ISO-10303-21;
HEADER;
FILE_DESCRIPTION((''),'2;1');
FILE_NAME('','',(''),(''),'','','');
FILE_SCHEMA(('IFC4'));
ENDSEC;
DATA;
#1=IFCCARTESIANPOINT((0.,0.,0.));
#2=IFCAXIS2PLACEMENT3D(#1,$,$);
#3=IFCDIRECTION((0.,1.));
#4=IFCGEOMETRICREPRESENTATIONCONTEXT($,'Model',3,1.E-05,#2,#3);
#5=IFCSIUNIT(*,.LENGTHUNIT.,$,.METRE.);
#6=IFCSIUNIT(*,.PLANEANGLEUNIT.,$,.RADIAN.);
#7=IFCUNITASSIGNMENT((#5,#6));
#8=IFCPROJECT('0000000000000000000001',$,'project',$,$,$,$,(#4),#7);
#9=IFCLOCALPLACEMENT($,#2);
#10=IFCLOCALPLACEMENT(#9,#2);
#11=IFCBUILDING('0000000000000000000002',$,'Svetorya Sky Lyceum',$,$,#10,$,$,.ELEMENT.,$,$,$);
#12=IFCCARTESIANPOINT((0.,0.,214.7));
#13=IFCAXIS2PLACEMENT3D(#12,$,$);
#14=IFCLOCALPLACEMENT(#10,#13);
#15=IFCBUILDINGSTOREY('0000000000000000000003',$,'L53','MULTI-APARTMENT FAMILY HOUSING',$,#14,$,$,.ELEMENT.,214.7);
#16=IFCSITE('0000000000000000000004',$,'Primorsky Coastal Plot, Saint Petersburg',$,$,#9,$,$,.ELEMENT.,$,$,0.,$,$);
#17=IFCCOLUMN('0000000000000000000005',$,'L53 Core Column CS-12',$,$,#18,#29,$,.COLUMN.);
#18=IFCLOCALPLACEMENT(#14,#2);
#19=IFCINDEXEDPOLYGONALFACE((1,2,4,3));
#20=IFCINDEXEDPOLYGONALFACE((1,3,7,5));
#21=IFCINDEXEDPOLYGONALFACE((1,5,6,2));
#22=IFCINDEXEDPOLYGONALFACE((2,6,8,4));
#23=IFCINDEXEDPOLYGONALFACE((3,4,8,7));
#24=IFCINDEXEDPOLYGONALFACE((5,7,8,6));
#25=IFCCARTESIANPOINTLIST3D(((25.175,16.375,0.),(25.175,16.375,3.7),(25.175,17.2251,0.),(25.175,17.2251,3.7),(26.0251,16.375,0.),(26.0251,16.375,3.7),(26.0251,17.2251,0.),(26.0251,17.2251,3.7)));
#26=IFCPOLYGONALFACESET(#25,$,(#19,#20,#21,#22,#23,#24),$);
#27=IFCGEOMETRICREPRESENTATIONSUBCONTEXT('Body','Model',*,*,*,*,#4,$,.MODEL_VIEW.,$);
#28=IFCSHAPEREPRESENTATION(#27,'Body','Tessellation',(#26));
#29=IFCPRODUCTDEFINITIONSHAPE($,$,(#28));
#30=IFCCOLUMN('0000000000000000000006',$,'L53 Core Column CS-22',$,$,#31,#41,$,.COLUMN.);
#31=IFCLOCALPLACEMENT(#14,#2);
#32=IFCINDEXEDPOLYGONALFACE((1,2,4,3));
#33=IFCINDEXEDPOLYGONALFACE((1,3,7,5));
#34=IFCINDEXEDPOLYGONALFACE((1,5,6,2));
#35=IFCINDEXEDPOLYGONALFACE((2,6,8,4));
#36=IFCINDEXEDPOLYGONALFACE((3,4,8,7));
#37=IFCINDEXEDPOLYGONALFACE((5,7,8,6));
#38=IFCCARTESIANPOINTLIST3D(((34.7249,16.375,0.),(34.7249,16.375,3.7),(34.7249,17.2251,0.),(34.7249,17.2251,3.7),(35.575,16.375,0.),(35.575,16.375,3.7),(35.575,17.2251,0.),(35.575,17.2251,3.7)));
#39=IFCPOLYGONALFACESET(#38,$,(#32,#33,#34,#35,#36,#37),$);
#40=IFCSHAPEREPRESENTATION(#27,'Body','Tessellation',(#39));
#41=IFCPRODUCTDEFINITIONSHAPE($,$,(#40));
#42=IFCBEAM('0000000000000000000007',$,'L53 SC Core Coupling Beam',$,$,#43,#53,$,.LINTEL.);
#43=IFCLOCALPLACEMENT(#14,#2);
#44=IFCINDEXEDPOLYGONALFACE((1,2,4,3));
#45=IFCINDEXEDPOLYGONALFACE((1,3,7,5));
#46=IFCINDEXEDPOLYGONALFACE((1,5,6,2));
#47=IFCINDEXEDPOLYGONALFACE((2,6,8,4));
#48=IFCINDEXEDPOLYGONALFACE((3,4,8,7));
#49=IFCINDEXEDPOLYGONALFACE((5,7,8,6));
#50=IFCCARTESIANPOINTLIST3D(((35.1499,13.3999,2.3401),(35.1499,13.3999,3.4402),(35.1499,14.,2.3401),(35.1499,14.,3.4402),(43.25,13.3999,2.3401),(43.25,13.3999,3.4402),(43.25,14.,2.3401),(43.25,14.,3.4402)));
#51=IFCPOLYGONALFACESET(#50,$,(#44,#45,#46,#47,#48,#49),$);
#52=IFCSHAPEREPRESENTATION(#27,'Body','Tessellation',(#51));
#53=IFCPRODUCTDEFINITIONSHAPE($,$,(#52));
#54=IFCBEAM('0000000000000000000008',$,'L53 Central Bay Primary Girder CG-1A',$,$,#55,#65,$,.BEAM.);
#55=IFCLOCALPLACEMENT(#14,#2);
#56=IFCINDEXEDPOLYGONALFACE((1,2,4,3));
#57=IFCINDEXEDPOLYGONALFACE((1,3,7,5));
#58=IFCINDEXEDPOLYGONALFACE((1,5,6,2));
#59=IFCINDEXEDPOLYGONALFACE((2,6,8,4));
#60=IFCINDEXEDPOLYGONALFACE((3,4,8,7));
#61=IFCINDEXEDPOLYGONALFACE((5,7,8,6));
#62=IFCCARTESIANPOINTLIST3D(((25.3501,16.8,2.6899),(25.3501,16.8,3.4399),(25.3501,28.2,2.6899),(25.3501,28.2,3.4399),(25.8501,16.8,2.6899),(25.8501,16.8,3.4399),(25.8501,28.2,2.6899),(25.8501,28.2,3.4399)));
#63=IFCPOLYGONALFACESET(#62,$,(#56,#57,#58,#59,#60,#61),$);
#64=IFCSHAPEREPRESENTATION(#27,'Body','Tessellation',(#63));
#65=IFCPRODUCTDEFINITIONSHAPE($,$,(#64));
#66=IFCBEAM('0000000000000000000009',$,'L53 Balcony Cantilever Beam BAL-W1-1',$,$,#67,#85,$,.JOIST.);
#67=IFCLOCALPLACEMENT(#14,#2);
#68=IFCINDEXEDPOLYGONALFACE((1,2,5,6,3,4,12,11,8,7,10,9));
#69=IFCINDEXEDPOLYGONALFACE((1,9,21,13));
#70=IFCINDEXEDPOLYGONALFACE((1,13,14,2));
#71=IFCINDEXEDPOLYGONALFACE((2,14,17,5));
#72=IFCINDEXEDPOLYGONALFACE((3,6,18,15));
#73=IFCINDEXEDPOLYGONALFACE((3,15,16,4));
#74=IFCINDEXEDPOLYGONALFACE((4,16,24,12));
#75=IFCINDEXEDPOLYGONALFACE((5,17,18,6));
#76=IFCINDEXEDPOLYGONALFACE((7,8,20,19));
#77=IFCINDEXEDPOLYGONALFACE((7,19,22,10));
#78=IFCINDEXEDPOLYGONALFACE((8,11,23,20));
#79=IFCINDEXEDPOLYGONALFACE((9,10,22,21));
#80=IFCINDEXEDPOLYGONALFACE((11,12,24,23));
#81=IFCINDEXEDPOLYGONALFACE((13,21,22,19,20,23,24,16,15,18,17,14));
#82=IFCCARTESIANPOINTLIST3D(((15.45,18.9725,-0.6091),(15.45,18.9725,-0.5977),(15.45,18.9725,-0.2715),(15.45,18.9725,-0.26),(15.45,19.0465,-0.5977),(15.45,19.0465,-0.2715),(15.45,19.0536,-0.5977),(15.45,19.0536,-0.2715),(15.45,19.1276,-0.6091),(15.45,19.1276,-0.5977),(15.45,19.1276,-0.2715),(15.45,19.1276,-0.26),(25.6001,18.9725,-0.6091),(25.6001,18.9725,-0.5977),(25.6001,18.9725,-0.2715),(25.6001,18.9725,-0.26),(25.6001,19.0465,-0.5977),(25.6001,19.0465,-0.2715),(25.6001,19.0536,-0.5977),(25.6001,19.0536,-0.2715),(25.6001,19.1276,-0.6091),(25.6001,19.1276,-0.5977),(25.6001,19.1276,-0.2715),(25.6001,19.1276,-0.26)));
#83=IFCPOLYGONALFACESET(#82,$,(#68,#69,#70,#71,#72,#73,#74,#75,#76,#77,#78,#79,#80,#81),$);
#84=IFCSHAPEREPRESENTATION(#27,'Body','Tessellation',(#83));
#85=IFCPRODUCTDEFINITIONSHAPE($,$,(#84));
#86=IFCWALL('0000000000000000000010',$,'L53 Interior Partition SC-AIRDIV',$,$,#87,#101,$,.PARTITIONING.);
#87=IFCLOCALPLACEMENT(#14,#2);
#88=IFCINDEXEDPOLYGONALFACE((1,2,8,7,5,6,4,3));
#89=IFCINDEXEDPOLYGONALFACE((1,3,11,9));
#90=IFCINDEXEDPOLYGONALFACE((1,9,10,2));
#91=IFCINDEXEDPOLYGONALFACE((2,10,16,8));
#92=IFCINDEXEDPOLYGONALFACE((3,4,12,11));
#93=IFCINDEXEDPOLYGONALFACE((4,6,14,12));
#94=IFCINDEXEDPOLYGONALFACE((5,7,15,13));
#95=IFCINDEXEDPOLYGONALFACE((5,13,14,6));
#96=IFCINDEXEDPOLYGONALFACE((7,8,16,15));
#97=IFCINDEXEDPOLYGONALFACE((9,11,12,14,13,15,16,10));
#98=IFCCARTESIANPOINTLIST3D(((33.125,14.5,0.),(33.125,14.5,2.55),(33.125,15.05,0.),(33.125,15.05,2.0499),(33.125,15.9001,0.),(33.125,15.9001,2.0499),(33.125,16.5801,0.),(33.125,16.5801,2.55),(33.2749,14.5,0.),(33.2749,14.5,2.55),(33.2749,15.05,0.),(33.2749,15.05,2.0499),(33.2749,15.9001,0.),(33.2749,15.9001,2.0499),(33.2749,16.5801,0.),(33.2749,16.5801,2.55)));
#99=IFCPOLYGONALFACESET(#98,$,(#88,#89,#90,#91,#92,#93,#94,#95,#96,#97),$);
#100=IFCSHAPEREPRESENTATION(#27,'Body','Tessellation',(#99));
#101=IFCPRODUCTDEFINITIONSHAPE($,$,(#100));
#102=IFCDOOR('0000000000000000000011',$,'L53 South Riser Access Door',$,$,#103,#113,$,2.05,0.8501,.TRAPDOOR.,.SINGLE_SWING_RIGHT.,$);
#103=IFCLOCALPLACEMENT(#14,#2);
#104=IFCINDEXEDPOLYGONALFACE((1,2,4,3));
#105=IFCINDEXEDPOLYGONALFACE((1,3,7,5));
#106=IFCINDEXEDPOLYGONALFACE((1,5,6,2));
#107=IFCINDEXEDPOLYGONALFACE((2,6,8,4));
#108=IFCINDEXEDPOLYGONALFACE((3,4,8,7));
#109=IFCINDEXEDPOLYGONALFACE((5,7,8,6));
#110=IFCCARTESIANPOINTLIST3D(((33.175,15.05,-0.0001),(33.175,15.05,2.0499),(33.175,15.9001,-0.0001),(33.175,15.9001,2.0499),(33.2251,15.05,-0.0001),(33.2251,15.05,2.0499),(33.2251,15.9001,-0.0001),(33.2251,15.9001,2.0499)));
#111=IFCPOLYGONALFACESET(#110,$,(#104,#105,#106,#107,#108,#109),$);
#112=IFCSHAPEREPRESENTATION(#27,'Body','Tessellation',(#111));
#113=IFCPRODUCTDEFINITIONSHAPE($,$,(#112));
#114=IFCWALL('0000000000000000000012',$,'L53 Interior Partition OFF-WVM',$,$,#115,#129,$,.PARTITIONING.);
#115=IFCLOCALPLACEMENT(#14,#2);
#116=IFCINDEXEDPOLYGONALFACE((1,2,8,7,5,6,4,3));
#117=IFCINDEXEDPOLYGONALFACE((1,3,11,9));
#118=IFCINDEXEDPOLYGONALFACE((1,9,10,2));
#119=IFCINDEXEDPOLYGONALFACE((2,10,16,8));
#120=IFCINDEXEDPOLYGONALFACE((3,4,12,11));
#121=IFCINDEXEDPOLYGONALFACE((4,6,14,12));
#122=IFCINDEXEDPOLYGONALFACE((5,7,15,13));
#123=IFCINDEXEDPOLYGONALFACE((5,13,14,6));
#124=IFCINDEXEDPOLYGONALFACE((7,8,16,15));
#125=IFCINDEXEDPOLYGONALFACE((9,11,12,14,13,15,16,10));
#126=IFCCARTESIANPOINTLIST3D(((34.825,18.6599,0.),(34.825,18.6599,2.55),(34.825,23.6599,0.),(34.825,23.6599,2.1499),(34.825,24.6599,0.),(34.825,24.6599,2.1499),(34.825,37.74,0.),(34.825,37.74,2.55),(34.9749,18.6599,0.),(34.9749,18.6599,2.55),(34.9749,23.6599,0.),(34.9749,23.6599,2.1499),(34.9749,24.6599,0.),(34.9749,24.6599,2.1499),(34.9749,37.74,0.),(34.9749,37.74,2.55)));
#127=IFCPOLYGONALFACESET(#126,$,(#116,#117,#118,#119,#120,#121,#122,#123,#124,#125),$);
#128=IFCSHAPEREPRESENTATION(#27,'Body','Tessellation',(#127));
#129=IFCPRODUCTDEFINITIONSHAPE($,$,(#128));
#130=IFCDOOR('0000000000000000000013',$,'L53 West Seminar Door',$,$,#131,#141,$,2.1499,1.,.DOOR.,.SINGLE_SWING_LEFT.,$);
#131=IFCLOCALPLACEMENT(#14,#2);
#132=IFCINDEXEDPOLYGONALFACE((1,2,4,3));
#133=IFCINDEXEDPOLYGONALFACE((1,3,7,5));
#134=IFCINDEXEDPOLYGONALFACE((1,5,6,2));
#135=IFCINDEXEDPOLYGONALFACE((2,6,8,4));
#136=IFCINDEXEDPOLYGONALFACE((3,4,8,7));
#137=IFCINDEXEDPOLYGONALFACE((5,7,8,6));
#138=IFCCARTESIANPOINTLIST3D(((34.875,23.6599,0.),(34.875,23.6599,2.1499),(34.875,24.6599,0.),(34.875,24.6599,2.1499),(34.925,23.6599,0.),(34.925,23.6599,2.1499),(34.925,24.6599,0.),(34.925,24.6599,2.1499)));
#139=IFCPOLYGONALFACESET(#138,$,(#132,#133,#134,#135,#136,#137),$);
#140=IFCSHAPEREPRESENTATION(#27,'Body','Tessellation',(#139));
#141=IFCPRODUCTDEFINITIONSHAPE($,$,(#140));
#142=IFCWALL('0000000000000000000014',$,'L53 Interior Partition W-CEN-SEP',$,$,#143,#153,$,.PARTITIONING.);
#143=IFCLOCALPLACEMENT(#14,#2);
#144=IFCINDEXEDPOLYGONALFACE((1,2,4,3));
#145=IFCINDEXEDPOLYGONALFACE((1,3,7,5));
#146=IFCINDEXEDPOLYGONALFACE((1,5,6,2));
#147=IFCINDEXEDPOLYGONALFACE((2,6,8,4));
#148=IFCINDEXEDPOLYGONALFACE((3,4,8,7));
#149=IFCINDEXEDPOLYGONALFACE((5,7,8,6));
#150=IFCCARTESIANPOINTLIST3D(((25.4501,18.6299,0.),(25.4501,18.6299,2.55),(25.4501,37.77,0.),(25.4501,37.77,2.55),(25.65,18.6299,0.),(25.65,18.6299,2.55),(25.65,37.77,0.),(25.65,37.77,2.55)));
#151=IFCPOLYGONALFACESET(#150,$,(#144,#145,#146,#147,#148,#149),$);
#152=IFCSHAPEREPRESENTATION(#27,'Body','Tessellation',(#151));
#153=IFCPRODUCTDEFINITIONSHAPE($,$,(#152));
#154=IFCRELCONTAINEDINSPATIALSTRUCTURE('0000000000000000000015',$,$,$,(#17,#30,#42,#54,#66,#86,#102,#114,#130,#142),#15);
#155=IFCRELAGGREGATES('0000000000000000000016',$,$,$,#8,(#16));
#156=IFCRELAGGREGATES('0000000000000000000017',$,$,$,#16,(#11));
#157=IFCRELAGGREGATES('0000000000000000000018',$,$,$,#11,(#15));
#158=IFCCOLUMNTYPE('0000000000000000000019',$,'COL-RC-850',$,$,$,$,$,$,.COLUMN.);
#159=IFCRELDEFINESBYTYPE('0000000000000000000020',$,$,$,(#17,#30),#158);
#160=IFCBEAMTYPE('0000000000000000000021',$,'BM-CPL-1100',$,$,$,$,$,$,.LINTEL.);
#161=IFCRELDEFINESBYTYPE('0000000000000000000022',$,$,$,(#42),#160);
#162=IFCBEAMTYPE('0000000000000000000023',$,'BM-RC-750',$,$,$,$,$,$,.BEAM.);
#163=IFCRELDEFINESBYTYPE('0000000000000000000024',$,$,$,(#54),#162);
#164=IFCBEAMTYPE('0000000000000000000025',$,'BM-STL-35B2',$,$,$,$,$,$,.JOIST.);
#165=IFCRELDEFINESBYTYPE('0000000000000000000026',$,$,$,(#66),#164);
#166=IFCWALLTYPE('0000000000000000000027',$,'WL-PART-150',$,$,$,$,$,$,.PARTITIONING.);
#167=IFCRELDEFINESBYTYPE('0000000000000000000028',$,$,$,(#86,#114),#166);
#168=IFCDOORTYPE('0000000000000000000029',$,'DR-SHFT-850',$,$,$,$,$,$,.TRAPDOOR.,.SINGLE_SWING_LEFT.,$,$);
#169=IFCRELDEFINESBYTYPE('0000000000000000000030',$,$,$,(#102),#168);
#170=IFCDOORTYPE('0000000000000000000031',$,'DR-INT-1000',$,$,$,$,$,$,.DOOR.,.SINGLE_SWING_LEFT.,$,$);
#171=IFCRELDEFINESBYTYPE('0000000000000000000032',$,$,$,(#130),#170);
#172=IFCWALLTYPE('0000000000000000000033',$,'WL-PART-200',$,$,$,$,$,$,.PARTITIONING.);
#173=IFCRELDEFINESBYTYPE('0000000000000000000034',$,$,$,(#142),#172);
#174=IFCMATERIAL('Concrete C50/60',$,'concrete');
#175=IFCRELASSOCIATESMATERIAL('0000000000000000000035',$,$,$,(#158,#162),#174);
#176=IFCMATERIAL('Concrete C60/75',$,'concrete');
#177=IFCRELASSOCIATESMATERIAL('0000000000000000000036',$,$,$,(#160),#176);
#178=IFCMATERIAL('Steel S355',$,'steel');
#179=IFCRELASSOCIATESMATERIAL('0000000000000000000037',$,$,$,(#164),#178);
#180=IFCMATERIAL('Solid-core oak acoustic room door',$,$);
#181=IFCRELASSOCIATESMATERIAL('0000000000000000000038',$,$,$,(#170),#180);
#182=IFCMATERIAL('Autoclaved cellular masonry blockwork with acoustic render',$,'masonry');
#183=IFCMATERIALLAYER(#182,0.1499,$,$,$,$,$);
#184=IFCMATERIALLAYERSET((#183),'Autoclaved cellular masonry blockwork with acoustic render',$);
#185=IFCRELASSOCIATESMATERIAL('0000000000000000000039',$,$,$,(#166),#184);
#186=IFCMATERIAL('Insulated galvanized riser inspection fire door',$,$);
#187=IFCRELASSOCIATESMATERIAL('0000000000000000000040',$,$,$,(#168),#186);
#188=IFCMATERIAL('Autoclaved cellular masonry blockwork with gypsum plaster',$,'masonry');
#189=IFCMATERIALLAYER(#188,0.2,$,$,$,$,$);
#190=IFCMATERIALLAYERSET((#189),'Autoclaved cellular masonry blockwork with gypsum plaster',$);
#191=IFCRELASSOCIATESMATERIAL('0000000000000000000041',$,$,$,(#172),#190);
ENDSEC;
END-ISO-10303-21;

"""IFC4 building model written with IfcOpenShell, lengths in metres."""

from ifc_helpers import new_model, si_unit, direction, frame, frame_2d, origin, origin_2d, place, context, subcontext, project, spatial, rectangle, i_section, extrude, material, layer, layer_set, material_profile, profile_set, type_object, element, fill, save


model = new_model("IFC4")

# Units and contexts
model_context = context("Model", 3, precision=1e-05, world=origin(), true_north=direction((0.0, 1.0)))
body_context = subcontext(model_context, "Body", "Model", "MODEL_VIEW")
ifc_project = project(units=[si_unit("LENGTHUNIT", "METRE"), si_unit("PLANEANGLEUNIT", "RADIAN")], contexts=[model_context])

# Site, building, storey
site_placement = place(None, origin())
site = spatial("IfcSite", under=ifc_project, at=site_placement, Name="Primorsky Coastal Plot, Saint Petersburg", CompositionType="ELEMENT", RefElevation=0.0)
building_placement = place(site_placement, origin())
building = spatial("IfcBuilding", under=site, at=building_placement, Name="Svetorya Sky Lyceum", CompositionType="ELEMENT")
storey_placement = place(building_placement, frame((0.0, 0.0, 214.7)))
storey = spatial("IfcBuildingStorey", under=building, at=storey_placement, Name="L53", Description="MULTI-APARTMENT FAMILY HOUSING", CompositionType="ELEMENT", Elevation=214.7)

# Columns
ifc_material_1 = material(Name="Concrete C50/60", Category="concrete")
ifc_material_profile_1 = material_profile(ifc_material_1, rectangle(XDim=0.8501, YDim=0.8501, at=origin_2d()), Name="RC COL 850x850")
ifc_profile_set_1 = profile_set([ifc_material_profile_1], Name="Concrete C50/60")
column_type = type_object("IfcColumnType", Name="COL-RC-850", PredefinedType="COLUMN", material=ifc_profile_set_1)
for number, where, z_axis, x_axis, name in (
    (1, (25.6001, 16.8, 0.0), (0.0, 0.0, 1.0), (1.0, 0.0, 0.0), "L53 Core Column CS-12"),
    (2, (35.1499, 16.8, 0.0), (0.0, 0.0, 1.0), (1.0, 0.0, 0.0), "L53 Core Column CS-22"),
):
    element("IfcColumn", number, at=place(storey_placement, frame(where, z_axis=z_axis, x_axis=x_axis)), inside=storey, type_object=column_type, Name=name, PredefinedType="COLUMN", context=body_context, shape_type="SweptSolid", body=[
        extrude(rectangle(XDim=0.8501, YDim=0.8501, at=origin_2d()), origin(), (0.0, 0.0, 1.0), 3.7),
    ])

# Beams
ifc_material_2 = material(Name="Concrete C60/75", Category="concrete")
ifc_material_profile_2 = material_profile(ifc_material_2, rectangle(XDim=0.6001, YDim=1.1001, at=origin_2d()), Name="RC COUPLING 600x1100")
ifc_profile_set_2 = profile_set([ifc_material_profile_2], Name="Concrete C60/75")
beam_type_1 = type_object("IfcBeamType", Name="BM-CPL-1100", PredefinedType="LINTEL", material=ifc_profile_set_2)
beam_1_placement = place(storey_placement, frame((35.1499, 13.7, 2.8901), z_axis=(1.0, 0.0, 0.0), x_axis=(0.0, 1.0, 0.0)))
element("IfcBeam", 3, at=beam_1_placement, inside=storey, type_object=beam_type_1, Name="L53 SC Core Coupling Beam", PredefinedType="LINTEL", context=body_context, shape_type="SweptSolid", body=[
    extrude(rectangle(XDim=0.6001, YDim=1.1001, at=origin_2d()), origin(), (0.0, 0.0, 1.0), 8.1001),
])
ifc_material_profile_3 = material_profile(ifc_material_1, rectangle(XDim=0.5, YDim=0.75, at=origin_2d()), Name="RC BEAM 500x750")
ifc_profile_set_3 = profile_set([ifc_material_profile_3], Name="Concrete C50/60")
beam_type_2 = type_object("IfcBeamType", Name="BM-RC-750", PredefinedType="BEAM", material=ifc_profile_set_3)
beam_2_placement = place(storey_placement, frame((25.6001, 16.8, 3.0649), z_axis=(0.0, 1.0, 0.0), x_axis=(-1.0, 0.0, 0.0)))
element("IfcBeam", 4, at=beam_2_placement, inside=storey, type_object=beam_type_2, Name="L53 Central Bay Primary Girder CG-1A", PredefinedType="BEAM", context=body_context, shape_type="SweptSolid", body=[
    extrude(rectangle(XDim=0.5, YDim=0.75, at=origin_2d()), origin(), (0.0, 0.0, 1.0), 11.3999),
])
ifc_material_3 = material(Name="Steel S355", Category="steel")
ifc_material_profile_4 = material_profile(ifc_material_3, i_section(OverallWidth=0.155, OverallDepth=0.3491, WebThickness=0.0071, FlangeThickness=0.0115, at=origin_2d()), Name="GOST 35B2")
ifc_profile_set_4 = profile_set([ifc_material_profile_4], Name="Steel S355")
beam_type_3 = type_object("IfcBeamType", Name="BM-STL-35B2", PredefinedType="JOIST", material=ifc_profile_set_4)
beam_3_placement = place(storey_placement, frame((25.6001, 19.05, -0.4346), z_axis=(-1.0, 0.0, 0.0), x_axis=(0.0, -1.0, 0.0)))
element("IfcBeam", 5, at=beam_3_placement, inside=storey, type_object=beam_type_3, Name="L53 Balcony Cantilever Beam BAL-W1-1", PredefinedType="JOIST", context=body_context, shape_type="SweptSolid", body=[
    extrude(i_section(OverallWidth=0.155, OverallDepth=0.3491, WebThickness=0.0071, FlangeThickness=0.0115, at=origin_2d()), origin(), (0.0, 0.0, 1.0), 10.1501),
])

# Shared definitions
ifc_material_4 = material(Name="Solid-core oak acoustic room door")
door_type_1 = type_object("IfcDoorType", Name="DR-INT-1000", OperationType="SINGLE_SWING_LEFT", PredefinedType="DOOR", material=ifc_material_4)

# Walls, openings, doors
ifc_material_5 = material(Name="Autoclaved cellular masonry blockwork with acoustic render", Category="masonry")
ifc_layer_1 = layer(ifc_material_5, 0.1499)
ifc_layer_set_1 = layer_set([ifc_layer_1], Name="Autoclaved cellular masonry blockwork with acoustic render")
wall_type_1 = type_object("IfcWallType", Name="WL-PART-150", PredefinedType="PARTITIONING", material=ifc_layer_set_1)
wall_1_placement = place(storey_placement, frame((33.2, 14.5, 0.0), z_axis=(0.0, 0.0, 1.0), x_axis=(0.0, 1.0, 0.0)))
wall_1 = element("IfcWall", 6, at=wall_1_placement, inside=storey, type_object=wall_type_1, Name="L53 Interior Partition SC-AIRDIV", PredefinedType="PARTITIONING", context=body_context, shape_type="SweptSolid", body=[
    extrude(rectangle(XDim=2.0801, YDim=0.1499, at=frame_2d((1.04, 0.0))), origin(), (0.0, 0.0, 1.0), 2.55),
])
opening_1_placement = place(wall_1_placement, frame((0.55, 0.0, 0.0)))
opening_1 = element("IfcOpeningElement", 7, at=opening_1_placement, cuts=wall_1, PredefinedType="OPENING", context=body_context, shape_type="SweptSolid", body=[
    extrude(rectangle(XDim=0.8501, YDim=2.05, at=frame_2d((0.425, 1.0249))), frame((0.0, 0.085, 0.0), z_axis=(0.0, -1.0, 0.0), x_axis=(1.0, 0.0, 0.0)), (0.0, 0.0, 1.0), 0.1699),
])
ifc_material_6 = material(Name="Insulated galvanized riser inspection fire door")
door_type_2 = type_object("IfcDoorType", Name="DR-SHFT-850", OperationType="SINGLE_SWING_LEFT", PredefinedType="TRAPDOOR", material=ifc_material_6)
door_1_placement = place(opening_1_placement, origin())
door_1 = element("IfcDoor", 8, at=door_1_placement, inside=storey, type_object=door_type_2, Name="L53 South Riser Access Door", OperationType="SINGLE_SWING_RIGHT", OverallHeight=2.05, OverallWidth=0.8501, PredefinedType="TRAPDOOR", context=body_context, shape_type="SweptSolid", body=[
    extrude(rectangle(XDim=0.8501, YDim=2.05, at=frame_2d((0.425, 1.0249))), frame((0.0, 0.0249, 0.0), z_axis=(0.0, -1.0, 0.0), x_axis=(1.0, 0.0, 0.0)), (0.0, 0.0, 1.0), 0.05),
])
fill(opening_1, door_1)
wall_2_placement = place(storey_placement, frame((34.8999, 18.6599, 0.0), z_axis=(0.0, 0.0, 1.0), x_axis=(0.0, 1.0, 0.0)))
wall_2 = element("IfcWall", 9, at=wall_2_placement, inside=storey, type_object=wall_type_1, Name="L53 Interior Partition OFF-WVM", PredefinedType="PARTITIONING", context=body_context, shape_type="SweptSolid", body=[
    extrude(rectangle(XDim=19.0801, YDim=0.1499, at=frame_2d((9.54, 0.0))), origin(), (0.0, 0.0, 1.0), 2.55),
])
opening_2_placement = place(wall_2_placement, frame((5.0, 0.0, 0.0)))
opening_2 = element("IfcOpeningElement", 10, at=opening_2_placement, cuts=wall_2, PredefinedType="OPENING", context=body_context, shape_type="SweptSolid", body=[
    extrude(rectangle(XDim=1.0, YDim=2.1499, at=frame_2d((0.5, 1.075))), frame((0.0, 0.085, 0.0), z_axis=(0.0, -1.0, 0.0), x_axis=(1.0, 0.0, 0.0)), (0.0, 0.0, 1.0), 0.1699),
])
door_2_placement = place(opening_2_placement, origin())
door_2 = element("IfcDoor", 11, at=door_2_placement, inside=storey, type_object=door_type_1, Name="L53 West Seminar Door", OperationType="SINGLE_SWING_LEFT", OverallHeight=2.1499, OverallWidth=1.0, PredefinedType="DOOR", context=body_context, shape_type="SweptSolid", body=[
    extrude(rectangle(XDim=1.0, YDim=2.1499, at=frame_2d((0.5, 1.075))), frame((0.0, 0.0249, 0.0), z_axis=(0.0, -1.0, 0.0), x_axis=(1.0, 0.0, 0.0)), (0.0, 0.0, 1.0), 0.05),
])
fill(opening_2, door_2)

# Wall
ifc_material_7 = material(Name="Autoclaved cellular masonry blockwork with gypsum plaster", Category="masonry")
ifc_layer_2 = layer(ifc_material_7, 0.2)
ifc_layer_set_2 = layer_set([ifc_layer_2], Name="Autoclaved cellular masonry blockwork with gypsum plaster")
wall_type_2 = type_object("IfcWallType", Name="WL-PART-200", PredefinedType="PARTITIONING", material=ifc_layer_set_2)
wall_3_placement = place(storey_placement, frame((25.55, 18.6299, 0.0), z_axis=(0.0, 0.0, 1.0), x_axis=(0.0, 1.0, 0.0)))
element("IfcWall", 12, at=wall_3_placement, inside=storey, type_object=wall_type_2, Name="L53 Interior Partition W-CEN-SEP", PredefinedType="PARTITIONING", context=body_context, shape_type="SweptSolid", body=[
    extrude(rectangle(XDim=19.1401, YDim=0.2, at=frame_2d((9.5701, 0.0))), origin(), (0.0, 0.0, 1.0), 2.55),
])

save(model, "model.ifc")
